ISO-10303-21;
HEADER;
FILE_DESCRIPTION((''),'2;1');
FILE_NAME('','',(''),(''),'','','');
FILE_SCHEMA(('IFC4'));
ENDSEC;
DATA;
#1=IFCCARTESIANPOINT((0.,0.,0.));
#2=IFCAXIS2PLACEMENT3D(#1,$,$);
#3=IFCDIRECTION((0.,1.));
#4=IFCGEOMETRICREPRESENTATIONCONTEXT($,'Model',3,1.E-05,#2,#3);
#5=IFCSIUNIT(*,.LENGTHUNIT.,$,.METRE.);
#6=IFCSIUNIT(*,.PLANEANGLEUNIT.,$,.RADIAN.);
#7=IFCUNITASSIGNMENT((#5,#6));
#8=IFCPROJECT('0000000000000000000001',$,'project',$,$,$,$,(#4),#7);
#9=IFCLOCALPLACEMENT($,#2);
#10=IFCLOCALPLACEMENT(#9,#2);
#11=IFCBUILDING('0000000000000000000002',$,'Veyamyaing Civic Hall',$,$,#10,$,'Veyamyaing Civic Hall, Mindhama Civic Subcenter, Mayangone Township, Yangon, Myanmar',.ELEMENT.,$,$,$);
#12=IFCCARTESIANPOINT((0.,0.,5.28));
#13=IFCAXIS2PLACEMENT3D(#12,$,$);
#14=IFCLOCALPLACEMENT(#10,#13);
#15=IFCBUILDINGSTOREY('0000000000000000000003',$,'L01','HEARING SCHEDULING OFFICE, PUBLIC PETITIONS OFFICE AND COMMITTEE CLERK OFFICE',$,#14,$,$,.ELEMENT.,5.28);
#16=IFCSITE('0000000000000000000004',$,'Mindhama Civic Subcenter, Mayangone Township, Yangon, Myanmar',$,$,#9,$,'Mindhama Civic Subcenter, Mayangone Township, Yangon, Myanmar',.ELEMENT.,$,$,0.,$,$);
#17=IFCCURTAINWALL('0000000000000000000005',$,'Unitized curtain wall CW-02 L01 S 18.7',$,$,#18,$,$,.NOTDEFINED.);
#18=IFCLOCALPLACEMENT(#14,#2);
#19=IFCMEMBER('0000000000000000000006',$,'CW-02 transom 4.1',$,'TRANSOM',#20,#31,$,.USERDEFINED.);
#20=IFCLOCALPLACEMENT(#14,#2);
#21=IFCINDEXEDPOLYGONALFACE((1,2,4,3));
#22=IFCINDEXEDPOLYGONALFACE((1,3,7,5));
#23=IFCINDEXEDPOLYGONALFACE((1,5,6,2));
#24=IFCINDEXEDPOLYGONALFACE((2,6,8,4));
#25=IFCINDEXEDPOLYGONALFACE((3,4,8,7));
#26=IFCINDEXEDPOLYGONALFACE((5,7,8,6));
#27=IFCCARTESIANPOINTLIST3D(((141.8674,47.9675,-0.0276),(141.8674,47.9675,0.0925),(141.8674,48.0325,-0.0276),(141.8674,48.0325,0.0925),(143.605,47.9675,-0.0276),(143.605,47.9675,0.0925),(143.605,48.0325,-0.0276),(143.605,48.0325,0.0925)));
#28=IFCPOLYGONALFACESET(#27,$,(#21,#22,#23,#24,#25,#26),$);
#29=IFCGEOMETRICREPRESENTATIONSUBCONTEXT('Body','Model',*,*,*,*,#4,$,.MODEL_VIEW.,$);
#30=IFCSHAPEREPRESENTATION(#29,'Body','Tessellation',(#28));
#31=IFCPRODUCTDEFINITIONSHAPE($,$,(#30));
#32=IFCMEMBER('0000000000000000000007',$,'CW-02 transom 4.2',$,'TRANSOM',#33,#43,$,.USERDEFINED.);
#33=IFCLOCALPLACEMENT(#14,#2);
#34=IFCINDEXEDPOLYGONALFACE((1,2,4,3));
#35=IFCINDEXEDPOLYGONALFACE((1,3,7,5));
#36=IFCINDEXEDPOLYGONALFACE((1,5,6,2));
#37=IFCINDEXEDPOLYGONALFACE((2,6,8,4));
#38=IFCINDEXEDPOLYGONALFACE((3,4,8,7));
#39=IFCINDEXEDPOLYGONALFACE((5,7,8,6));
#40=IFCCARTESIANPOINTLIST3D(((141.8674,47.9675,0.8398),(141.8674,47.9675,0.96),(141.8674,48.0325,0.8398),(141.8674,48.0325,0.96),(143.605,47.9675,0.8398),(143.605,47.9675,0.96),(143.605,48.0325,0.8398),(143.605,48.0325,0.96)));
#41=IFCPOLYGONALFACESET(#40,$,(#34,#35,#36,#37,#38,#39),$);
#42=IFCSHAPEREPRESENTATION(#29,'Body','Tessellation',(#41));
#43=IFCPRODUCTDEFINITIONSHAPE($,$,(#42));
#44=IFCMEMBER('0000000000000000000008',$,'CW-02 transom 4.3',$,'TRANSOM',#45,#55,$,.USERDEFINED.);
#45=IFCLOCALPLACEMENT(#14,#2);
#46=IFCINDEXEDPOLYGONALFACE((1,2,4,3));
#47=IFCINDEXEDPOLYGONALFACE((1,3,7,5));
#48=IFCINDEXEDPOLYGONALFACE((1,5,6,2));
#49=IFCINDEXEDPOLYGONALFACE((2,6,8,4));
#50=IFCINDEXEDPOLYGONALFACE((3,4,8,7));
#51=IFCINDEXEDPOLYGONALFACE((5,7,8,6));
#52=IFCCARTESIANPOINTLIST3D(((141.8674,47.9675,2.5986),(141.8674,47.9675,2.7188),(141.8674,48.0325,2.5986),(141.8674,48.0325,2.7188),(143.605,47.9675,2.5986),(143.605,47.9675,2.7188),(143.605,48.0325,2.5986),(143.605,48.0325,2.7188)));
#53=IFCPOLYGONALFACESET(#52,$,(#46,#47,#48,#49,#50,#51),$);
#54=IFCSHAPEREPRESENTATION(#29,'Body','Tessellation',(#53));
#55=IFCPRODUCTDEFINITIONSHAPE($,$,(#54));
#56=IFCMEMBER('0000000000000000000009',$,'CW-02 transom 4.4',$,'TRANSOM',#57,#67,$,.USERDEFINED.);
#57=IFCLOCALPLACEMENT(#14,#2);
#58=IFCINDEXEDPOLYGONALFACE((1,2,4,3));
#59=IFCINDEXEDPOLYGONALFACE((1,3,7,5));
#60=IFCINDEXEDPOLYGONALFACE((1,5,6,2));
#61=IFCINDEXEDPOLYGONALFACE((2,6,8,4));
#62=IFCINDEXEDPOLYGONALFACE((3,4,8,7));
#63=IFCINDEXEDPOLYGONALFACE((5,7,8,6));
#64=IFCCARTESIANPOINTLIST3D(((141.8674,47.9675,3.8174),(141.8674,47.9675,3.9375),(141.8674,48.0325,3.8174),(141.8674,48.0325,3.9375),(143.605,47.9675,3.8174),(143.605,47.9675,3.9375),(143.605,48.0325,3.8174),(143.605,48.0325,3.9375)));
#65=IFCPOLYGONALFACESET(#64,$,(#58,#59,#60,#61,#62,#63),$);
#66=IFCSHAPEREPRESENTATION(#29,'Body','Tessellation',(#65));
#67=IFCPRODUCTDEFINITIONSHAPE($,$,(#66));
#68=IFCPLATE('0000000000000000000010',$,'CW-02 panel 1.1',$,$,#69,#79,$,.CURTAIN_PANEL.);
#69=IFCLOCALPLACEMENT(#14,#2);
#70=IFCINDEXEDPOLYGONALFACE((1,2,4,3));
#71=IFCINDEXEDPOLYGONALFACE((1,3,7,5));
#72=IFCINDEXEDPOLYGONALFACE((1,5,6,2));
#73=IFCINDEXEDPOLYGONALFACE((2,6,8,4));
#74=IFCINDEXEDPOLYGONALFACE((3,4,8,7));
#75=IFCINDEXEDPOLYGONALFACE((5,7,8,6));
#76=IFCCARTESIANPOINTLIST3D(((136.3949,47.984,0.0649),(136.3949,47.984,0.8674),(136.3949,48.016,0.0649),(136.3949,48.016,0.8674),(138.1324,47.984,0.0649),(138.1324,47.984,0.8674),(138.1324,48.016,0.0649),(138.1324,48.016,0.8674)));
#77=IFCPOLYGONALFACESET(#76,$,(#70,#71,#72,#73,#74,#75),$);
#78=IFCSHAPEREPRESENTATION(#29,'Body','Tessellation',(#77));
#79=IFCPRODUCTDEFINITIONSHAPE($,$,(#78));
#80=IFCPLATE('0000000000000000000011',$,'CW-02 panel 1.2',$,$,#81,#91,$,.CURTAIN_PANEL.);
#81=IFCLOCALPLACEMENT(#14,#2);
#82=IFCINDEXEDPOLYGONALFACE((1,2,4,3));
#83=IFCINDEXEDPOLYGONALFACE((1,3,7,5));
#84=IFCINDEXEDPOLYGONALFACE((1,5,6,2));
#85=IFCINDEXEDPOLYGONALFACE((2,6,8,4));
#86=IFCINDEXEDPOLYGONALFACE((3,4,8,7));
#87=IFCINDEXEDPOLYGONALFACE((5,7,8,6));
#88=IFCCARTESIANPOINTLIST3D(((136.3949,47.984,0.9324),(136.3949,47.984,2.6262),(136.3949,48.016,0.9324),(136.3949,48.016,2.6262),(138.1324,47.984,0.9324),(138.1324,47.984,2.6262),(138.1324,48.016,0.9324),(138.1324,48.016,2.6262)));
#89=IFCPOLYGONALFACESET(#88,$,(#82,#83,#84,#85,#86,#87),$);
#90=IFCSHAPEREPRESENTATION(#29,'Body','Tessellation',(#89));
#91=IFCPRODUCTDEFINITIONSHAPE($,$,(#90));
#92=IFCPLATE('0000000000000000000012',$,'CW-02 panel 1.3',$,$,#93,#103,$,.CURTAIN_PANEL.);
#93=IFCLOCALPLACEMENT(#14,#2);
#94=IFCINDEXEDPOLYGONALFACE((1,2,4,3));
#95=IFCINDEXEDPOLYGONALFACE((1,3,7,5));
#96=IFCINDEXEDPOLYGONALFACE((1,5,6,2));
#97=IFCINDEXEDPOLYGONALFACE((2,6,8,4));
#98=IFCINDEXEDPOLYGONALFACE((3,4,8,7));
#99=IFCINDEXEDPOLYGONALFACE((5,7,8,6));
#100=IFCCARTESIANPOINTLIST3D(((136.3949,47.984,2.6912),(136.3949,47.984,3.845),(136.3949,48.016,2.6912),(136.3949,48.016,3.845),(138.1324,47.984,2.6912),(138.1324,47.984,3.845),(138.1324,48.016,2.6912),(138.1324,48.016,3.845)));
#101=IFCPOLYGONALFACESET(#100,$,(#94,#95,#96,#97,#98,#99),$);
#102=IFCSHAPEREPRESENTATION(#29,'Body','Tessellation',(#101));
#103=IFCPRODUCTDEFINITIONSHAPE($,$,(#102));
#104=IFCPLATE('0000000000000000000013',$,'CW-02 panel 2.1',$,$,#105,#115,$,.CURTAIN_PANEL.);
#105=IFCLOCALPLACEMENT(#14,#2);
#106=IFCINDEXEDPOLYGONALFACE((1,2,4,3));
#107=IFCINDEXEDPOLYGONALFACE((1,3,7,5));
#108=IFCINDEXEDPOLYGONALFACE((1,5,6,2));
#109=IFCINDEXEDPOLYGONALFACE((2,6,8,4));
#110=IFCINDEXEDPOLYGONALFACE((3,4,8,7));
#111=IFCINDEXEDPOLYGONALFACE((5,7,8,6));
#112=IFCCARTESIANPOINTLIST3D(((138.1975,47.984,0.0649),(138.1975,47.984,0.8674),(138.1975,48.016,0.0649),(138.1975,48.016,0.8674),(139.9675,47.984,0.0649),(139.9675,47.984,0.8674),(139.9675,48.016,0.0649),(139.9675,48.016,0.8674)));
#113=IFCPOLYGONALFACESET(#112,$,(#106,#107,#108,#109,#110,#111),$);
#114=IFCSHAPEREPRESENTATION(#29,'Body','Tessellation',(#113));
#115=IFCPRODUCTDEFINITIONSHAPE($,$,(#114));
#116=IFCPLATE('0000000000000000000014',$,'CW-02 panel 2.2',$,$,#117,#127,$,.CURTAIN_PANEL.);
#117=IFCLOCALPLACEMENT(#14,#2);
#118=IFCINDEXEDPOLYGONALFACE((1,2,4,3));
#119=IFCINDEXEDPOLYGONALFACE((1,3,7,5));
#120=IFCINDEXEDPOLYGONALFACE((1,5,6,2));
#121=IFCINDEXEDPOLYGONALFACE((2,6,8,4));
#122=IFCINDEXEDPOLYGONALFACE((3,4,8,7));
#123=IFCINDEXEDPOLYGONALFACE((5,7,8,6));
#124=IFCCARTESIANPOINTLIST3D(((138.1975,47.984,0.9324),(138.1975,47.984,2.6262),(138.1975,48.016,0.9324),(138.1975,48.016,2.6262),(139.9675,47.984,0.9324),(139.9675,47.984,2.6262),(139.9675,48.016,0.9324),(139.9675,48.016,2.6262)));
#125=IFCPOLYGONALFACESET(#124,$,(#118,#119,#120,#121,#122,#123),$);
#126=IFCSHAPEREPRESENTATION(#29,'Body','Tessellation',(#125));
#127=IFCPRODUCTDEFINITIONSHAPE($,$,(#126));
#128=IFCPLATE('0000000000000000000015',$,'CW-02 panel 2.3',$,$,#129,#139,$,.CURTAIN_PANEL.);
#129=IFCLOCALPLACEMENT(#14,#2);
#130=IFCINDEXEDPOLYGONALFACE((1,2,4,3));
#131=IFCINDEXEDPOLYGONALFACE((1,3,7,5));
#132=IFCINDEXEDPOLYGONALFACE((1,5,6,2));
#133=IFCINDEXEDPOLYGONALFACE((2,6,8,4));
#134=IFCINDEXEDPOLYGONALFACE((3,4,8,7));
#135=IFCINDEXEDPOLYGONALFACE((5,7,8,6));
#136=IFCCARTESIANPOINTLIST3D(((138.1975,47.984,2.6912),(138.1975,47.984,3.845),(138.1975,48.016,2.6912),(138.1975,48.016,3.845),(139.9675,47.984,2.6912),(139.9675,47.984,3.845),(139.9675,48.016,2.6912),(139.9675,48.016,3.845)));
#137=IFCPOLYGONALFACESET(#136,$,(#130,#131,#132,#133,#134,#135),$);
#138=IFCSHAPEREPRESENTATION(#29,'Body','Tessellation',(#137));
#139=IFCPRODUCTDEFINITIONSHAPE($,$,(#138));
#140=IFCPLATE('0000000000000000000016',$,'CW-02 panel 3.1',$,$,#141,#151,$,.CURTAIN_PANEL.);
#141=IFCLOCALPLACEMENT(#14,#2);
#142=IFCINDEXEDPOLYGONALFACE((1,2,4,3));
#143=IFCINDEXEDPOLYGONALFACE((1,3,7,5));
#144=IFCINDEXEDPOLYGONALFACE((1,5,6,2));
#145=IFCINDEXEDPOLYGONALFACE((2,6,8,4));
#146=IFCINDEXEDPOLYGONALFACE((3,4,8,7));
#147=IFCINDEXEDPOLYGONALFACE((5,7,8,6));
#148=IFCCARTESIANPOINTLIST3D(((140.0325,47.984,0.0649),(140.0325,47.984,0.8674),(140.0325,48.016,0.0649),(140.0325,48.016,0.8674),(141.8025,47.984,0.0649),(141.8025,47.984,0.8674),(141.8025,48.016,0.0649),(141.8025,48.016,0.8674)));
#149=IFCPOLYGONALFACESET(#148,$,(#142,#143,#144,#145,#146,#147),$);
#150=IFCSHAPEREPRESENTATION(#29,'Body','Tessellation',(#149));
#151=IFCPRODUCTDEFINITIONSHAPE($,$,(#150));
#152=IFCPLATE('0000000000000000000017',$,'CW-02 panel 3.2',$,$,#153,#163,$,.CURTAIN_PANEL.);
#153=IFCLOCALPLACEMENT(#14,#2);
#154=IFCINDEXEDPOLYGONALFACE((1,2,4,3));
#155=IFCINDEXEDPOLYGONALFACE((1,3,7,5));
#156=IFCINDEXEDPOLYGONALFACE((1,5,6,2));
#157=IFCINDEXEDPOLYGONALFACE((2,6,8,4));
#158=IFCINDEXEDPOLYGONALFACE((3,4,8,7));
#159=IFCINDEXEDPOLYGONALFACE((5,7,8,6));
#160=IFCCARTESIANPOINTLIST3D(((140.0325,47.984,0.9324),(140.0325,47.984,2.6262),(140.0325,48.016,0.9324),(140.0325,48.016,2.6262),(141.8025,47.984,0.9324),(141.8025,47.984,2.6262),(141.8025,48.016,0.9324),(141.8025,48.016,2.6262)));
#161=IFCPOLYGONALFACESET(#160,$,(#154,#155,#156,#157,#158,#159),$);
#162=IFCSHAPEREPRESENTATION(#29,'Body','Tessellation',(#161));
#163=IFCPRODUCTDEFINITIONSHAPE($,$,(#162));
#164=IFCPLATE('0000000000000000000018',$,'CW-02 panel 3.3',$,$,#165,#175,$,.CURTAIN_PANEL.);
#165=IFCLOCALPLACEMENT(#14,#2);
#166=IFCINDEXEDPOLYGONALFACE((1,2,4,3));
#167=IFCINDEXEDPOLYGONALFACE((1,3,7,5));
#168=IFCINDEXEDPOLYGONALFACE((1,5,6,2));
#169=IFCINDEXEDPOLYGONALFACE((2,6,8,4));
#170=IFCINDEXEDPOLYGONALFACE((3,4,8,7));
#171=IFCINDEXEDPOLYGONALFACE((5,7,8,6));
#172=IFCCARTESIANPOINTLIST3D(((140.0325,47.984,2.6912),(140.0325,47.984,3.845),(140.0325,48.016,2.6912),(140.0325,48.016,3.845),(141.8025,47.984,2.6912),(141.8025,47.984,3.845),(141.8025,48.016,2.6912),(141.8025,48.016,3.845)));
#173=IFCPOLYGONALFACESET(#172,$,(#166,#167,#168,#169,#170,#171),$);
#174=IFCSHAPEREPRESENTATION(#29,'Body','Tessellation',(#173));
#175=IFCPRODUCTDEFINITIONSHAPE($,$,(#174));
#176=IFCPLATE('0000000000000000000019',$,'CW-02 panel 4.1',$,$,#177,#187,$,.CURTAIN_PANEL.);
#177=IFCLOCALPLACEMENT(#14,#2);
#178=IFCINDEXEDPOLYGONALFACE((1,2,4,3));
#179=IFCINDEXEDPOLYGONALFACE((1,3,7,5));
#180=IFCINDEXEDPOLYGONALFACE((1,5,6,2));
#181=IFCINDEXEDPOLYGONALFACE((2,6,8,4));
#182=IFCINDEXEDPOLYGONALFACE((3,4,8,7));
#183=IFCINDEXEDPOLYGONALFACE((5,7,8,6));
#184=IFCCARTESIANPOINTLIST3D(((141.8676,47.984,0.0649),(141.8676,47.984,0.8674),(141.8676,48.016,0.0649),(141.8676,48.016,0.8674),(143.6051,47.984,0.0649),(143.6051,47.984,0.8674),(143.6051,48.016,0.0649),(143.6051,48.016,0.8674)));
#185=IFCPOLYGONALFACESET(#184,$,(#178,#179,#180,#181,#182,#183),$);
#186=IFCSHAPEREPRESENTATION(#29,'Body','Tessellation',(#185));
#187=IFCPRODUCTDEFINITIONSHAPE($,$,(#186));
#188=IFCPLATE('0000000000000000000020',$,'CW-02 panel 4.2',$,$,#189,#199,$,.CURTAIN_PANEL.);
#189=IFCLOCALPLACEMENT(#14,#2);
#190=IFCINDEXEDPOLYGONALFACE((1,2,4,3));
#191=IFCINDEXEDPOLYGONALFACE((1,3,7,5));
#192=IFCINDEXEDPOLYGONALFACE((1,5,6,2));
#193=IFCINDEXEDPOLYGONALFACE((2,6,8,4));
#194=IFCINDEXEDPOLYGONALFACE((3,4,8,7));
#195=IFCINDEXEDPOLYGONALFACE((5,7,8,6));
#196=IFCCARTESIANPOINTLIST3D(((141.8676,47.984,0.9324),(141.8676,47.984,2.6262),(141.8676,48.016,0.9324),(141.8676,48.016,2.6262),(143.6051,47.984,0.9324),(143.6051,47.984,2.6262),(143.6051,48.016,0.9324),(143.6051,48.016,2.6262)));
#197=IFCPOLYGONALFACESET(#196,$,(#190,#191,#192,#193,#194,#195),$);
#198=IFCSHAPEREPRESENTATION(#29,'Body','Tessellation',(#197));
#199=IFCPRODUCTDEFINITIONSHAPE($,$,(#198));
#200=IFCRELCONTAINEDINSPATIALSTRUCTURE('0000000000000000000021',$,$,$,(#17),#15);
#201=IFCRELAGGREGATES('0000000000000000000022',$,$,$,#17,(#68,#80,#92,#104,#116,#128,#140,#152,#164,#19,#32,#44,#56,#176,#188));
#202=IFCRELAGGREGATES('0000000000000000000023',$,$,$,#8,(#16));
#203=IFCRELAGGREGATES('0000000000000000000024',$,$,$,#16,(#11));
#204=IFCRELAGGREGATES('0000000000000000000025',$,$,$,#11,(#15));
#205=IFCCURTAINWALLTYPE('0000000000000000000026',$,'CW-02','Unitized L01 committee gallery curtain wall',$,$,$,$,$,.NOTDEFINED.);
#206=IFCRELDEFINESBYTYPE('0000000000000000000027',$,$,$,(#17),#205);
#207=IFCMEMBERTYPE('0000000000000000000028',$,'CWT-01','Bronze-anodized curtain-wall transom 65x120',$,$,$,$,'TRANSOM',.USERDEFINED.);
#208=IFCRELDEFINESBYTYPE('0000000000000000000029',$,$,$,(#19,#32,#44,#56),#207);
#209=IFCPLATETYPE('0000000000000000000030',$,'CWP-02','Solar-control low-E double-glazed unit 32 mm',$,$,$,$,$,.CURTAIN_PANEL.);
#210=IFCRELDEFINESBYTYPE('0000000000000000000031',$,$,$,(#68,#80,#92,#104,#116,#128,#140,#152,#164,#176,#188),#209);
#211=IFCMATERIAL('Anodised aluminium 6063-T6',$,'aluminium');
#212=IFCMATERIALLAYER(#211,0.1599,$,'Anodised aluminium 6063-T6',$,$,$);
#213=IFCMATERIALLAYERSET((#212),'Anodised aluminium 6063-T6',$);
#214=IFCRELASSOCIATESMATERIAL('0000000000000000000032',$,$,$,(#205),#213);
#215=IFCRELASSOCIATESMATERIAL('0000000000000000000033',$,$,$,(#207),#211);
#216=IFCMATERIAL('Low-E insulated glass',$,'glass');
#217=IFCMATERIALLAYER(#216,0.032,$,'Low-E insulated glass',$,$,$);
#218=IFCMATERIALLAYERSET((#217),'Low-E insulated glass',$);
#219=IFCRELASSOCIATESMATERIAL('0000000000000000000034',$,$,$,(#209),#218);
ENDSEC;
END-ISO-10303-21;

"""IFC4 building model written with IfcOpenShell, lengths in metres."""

from ifc_helpers import new_model, si_unit, direction, frame, origin, origin_2d, place, context, subcontext, project, spatial, rectangle, extrude, material, layer, layer_set, material_profile, profile_set, type_object, element, aggregate, save


model = new_model("IFC4")

# Units and contexts
model_context = context("Model", 3, precision=1e-05, world=origin(), true_north=direction((0.0, 1.0)))
body_context = subcontext(model_context, "Body", "Model", "MODEL_VIEW")
ifc_project = project(units=[si_unit("LENGTHUNIT", "METRE"), si_unit("PLANEANGLEUNIT", "RADIAN")], contexts=[model_context])

# Site, building, storey
site_placement = place(None, origin())
site = spatial("IfcSite", under=ifc_project, at=site_placement, Name="Mindhama Civic Subcenter, Mayangone Township, Yangon, Myanmar", LongName="Mindhama Civic Subcenter, Mayangone Township, Yangon, Myanmar", CompositionType="ELEMENT", RefElevation=0.0)
building_placement = place(site_placement, origin())
building = spatial("IfcBuilding", under=site, at=building_placement, Name="Veyamyaing Civic Hall", LongName="Veyamyaing Civic Hall, Mindhama Civic Subcenter, Mayangone Township, Yangon, Myanmar", CompositionType="ELEMENT")
storey_placement = place(building_placement, frame((0.0, 0.0, 5.28)))
storey = spatial("IfcBuildingStorey", under=building, at=storey_placement, Name="L01", Description="HEARING SCHEDULING OFFICE, PUBLIC PETITIONS OFFICE AND COMMITTEE CLERK OFFICE", CompositionType="ELEMENT", Elevation=5.28)

# Curtain wall, members, plates
ifc_material_1 = material(Name="Anodised aluminium 6063-T6", Category="aluminium")
ifc_layer_1 = layer(ifc_material_1, 0.1599, Name="Anodised aluminium 6063-T6")
ifc_layer_set_1 = layer_set([ifc_layer_1], Name="Anodised aluminium 6063-T6")
curtain_wall_type = type_object("IfcCurtainWallType", Name="CW-02", Description="Unitized L01 committee gallery curtain wall", PredefinedType="NOTDEFINED", material=ifc_layer_set_1)
curtain_wall_placement = place(storey_placement, origin())
curtain_wall = element("IfcCurtainWall", 1, at=curtain_wall_placement, inside=storey, type_object=curtain_wall_type, Name="Unitized curtain wall CW-02 L01 S 18.7", PredefinedType="NOTDEFINED")
ifc_material_profile_1 = material_profile(ifc_material_1, rectangle(XDim=0.0649, YDim=0.1201, at=origin_2d()), Name="ALU-TRN-65X120")
ifc_profile_set_1 = profile_set([ifc_material_profile_1], Name="Anodised aluminium 6063-T6")
member_type_1 = type_object("IfcMemberType", Name="CWT-01", Description="Bronze-anodized curtain-wall transom 65x120", ElementType="TRANSOM", PredefinedType="USERDEFINED", material=ifc_profile_set_1)
member_1_placement = place(storey_placement, frame((141.8674, 48.0, 0.0325), z_axis=(1.0, 0.0, 0.0), x_axis=(0.0, 1.0, 0.0)))
member_1 = element("IfcMember", 2, at=member_1_placement, type_object=member_type_1, Name="CW-02 transom 4.1", ObjectType="TRANSOM", PredefinedType="USERDEFINED", context=body_context, shape_type="SweptSolid", body=[
    extrude(rectangle(XDim=0.0649, YDim=0.1201, at=origin_2d()), origin(), (0.0, 0.0, 1.0), 1.7375),
])
member_2_placement = place(storey_placement, frame((141.8674, 48.0, 0.8999), z_axis=(1.0, 0.0, 0.0), x_axis=(0.0, 1.0, 0.0)))
member_2 = element("IfcMember", 3, at=member_2_placement, type_object=member_type_1, Name="CW-02 transom 4.2", ObjectType="TRANSOM", PredefinedType="USERDEFINED", context=body_context, shape_type="SweptSolid", body=[
    extrude(rectangle(XDim=0.0649, YDim=0.1201, at=origin_2d()), origin(), (0.0, 0.0, 1.0), 1.7375),
])
member_3_placement = place(storey_placement, frame((141.8674, 48.0, 2.6587), z_axis=(1.0, 0.0, 0.0), x_axis=(0.0, 1.0, 0.0)))
member_3 = element("IfcMember", 4, at=member_3_placement, type_object=member_type_1, Name="CW-02 transom 4.3", ObjectType="TRANSOM", PredefinedType="USERDEFINED", context=body_context, shape_type="SweptSolid", body=[
    extrude(rectangle(XDim=0.0649, YDim=0.1201, at=origin_2d()), origin(), (0.0, 0.0, 1.0), 1.7375),
])
member_4_placement = place(storey_placement, frame((141.8674, 48.0, 3.8774), z_axis=(1.0, 0.0, 0.0), x_axis=(0.0, 1.0, 0.0)))
member_4 = element("IfcMember", 5, at=member_4_placement, type_object=member_type_1, Name="CW-02 transom 4.4", ObjectType="TRANSOM", PredefinedType="USERDEFINED", context=body_context, shape_type="SweptSolid", body=[
    extrude(rectangle(XDim=0.0649, YDim=0.1201, at=origin_2d()), origin(), (0.0, 0.0, 1.0), 1.7375),
])
ifc_material_2 = material(Name="Low-E insulated glass", Category="glass")
ifc_layer_2 = layer(ifc_material_2, 0.032, Name="Low-E insulated glass")
ifc_layer_set_2 = layer_set([ifc_layer_2], Name="Low-E insulated glass")
plate_type = type_object("IfcPlateType", Name="CWP-02", Description="Solar-control low-E double-glazed unit 32 mm", PredefinedType="CURTAIN_PANEL", material=ifc_layer_set_2)
plate_1_placement = place(storey_placement, frame((137.2637, 48.0, 0.0649), z_axis=(0.0, 0.0, 1.0), x_axis=(1.0, 0.0, 0.0)))
plate_1 = element("IfcPlate", 6, at=plate_1_placement, type_object=plate_type, Name="CW-02 panel 1.1", PredefinedType="CURTAIN_PANEL", context=body_context, shape_type="SweptSolid", body=[
    extrude(rectangle(XDim=1.7375, YDim=0.032, at=origin_2d()), origin(), (0.0, 0.0, 1.0), 0.8025),
])
plate_2_placement = place(storey_placement, frame((137.2637, 48.0, 0.9324), z_axis=(0.0, 0.0, 1.0), x_axis=(1.0, 0.0, 0.0)))
plate_2 = element("IfcPlate", 7, at=plate_2_placement, type_object=plate_type, Name="CW-02 panel 1.2", PredefinedType="CURTAIN_PANEL", context=body_context, shape_type="SweptSolid", body=[
    extrude(rectangle(XDim=1.7375, YDim=0.032, at=origin_2d()), origin(), (0.0, 0.0, 1.0), 1.6938),
])
plate_3_placement = place(storey_placement, frame((137.2637, 48.0, 2.6912), z_axis=(0.0, 0.0, 1.0), x_axis=(1.0, 0.0, 0.0)))
plate_3 = element("IfcPlate", 8, at=plate_3_placement, type_object=plate_type, Name="CW-02 panel 1.3", PredefinedType="CURTAIN_PANEL", context=body_context, shape_type="SweptSolid", body=[
    extrude(rectangle(XDim=1.7375, YDim=0.032, at=origin_2d()), origin(), (0.0, 0.0, 1.0), 1.1538),
])
plate_4_placement = place(storey_placement, frame((139.0825, 48.0, 0.0649), z_axis=(0.0, 0.0, 1.0), x_axis=(1.0, 0.0, 0.0)))
plate_4 = element("IfcPlate", 9, at=plate_4_placement, type_object=plate_type, Name="CW-02 panel 2.1", PredefinedType="CURTAIN_PANEL", context=body_context, shape_type="SweptSolid", body=[
    extrude(rectangle(XDim=1.77, YDim=0.032, at=origin_2d()), origin(), (0.0, 0.0, 1.0), 0.8025),
])
plate_5_placement = place(storey_placement, frame((139.0825, 48.0, 0.9324), z_axis=(0.0, 0.0, 1.0), x_axis=(1.0, 0.0, 0.0)))
plate_5 = element("IfcPlate", 10, at=plate_5_placement, type_object=plate_type, Name="CW-02 panel 2.2", PredefinedType="CURTAIN_PANEL", context=body_context, shape_type="SweptSolid", body=[
    extrude(rectangle(XDim=1.77, YDim=0.032, at=origin_2d()), origin(), (0.0, 0.0, 1.0), 1.6938),
])
plate_6_placement = place(storey_placement, frame((139.0825, 48.0, 2.6912), z_axis=(0.0, 0.0, 1.0), x_axis=(1.0, 0.0, 0.0)))
plate_6 = element("IfcPlate", 11, at=plate_6_placement, type_object=plate_type, Name="CW-02 panel 2.3", PredefinedType="CURTAIN_PANEL", context=body_context, shape_type="SweptSolid", body=[
    extrude(rectangle(XDim=1.77, YDim=0.032, at=origin_2d()), origin(), (0.0, 0.0, 1.0), 1.1538),
])
plate_7_placement = place(storey_placement, frame((140.9175, 48.0, 0.0649), z_axis=(0.0, 0.0, 1.0), x_axis=(1.0, 0.0, 0.0)))
plate_7 = element("IfcPlate", 12, at=plate_7_placement, type_object=plate_type, Name="CW-02 panel 3.1", PredefinedType="CURTAIN_PANEL", context=body_context, shape_type="SweptSolid", body=[
    extrude(rectangle(XDim=1.77, YDim=0.032, at=origin_2d()), origin(), (0.0, 0.0, 1.0), 0.8025),
])
plate_8_placement = place(storey_placement, frame((140.9175, 48.0, 0.9324), z_axis=(0.0, 0.0, 1.0), x_axis=(1.0, 0.0, 0.0)))
plate_8 = element("IfcPlate", 13, at=plate_8_placement, type_object=plate_type, Name="CW-02 panel 3.2", PredefinedType="CURTAIN_PANEL", context=body_context, shape_type="SweptSolid", body=[
    extrude(rectangle(XDim=1.77, YDim=0.032, at=origin_2d()), origin(), (0.0, 0.0, 1.0), 1.6938),
])
plate_9_placement = place(storey_placement, frame((140.9175, 48.0, 2.6912), z_axis=(0.0, 0.0, 1.0), x_axis=(1.0, 0.0, 0.0)))
plate_9 = element("IfcPlate", 14, at=plate_9_placement, type_object=plate_type, Name="CW-02 panel 3.3", PredefinedType="CURTAIN_PANEL", context=body_context, shape_type="SweptSolid", body=[
    extrude(rectangle(XDim=1.77, YDim=0.032, at=origin_2d()), origin(), (0.0, 0.0, 1.0), 1.1538),
])
plate_10_placement = place(storey_placement, frame((142.7363, 48.0, 0.0649), z_axis=(0.0, 0.0, 1.0), x_axis=(1.0, 0.0, 0.0)))
plate_10 = element("IfcPlate", 15, at=plate_10_placement, type_object=plate_type, Name="CW-02 panel 4.1", PredefinedType="CURTAIN_PANEL", context=body_context, shape_type="SweptSolid", body=[
    extrude(rectangle(XDim=1.7375, YDim=0.032, at=origin_2d()), origin(), (0.0, 0.0, 1.0), 0.8025),
])
plate_11_placement = place(storey_placement, frame((142.7363, 48.0, 0.9324), z_axis=(0.0, 0.0, 1.0), x_axis=(1.0, 0.0, 0.0)))
plate_11 = element("IfcPlate", 16, at=plate_11_placement, type_object=plate_type, Name="CW-02 panel 4.2", PredefinedType="CURTAIN_PANEL", context=body_context, shape_type="SweptSolid", body=[
    extrude(rectangle(XDim=1.7375, YDim=0.032, at=origin_2d()), origin(), (0.0, 0.0, 1.0), 1.6938),
])
aggregate(curtain_wall, [plate_1, plate_2, plate_3, plate_4, plate_5, plate_6, plate_7, plate_8, plate_9, member_1, member_2, member_3, member_4, plate_10, plate_11])

save(model, "model.ifc")
